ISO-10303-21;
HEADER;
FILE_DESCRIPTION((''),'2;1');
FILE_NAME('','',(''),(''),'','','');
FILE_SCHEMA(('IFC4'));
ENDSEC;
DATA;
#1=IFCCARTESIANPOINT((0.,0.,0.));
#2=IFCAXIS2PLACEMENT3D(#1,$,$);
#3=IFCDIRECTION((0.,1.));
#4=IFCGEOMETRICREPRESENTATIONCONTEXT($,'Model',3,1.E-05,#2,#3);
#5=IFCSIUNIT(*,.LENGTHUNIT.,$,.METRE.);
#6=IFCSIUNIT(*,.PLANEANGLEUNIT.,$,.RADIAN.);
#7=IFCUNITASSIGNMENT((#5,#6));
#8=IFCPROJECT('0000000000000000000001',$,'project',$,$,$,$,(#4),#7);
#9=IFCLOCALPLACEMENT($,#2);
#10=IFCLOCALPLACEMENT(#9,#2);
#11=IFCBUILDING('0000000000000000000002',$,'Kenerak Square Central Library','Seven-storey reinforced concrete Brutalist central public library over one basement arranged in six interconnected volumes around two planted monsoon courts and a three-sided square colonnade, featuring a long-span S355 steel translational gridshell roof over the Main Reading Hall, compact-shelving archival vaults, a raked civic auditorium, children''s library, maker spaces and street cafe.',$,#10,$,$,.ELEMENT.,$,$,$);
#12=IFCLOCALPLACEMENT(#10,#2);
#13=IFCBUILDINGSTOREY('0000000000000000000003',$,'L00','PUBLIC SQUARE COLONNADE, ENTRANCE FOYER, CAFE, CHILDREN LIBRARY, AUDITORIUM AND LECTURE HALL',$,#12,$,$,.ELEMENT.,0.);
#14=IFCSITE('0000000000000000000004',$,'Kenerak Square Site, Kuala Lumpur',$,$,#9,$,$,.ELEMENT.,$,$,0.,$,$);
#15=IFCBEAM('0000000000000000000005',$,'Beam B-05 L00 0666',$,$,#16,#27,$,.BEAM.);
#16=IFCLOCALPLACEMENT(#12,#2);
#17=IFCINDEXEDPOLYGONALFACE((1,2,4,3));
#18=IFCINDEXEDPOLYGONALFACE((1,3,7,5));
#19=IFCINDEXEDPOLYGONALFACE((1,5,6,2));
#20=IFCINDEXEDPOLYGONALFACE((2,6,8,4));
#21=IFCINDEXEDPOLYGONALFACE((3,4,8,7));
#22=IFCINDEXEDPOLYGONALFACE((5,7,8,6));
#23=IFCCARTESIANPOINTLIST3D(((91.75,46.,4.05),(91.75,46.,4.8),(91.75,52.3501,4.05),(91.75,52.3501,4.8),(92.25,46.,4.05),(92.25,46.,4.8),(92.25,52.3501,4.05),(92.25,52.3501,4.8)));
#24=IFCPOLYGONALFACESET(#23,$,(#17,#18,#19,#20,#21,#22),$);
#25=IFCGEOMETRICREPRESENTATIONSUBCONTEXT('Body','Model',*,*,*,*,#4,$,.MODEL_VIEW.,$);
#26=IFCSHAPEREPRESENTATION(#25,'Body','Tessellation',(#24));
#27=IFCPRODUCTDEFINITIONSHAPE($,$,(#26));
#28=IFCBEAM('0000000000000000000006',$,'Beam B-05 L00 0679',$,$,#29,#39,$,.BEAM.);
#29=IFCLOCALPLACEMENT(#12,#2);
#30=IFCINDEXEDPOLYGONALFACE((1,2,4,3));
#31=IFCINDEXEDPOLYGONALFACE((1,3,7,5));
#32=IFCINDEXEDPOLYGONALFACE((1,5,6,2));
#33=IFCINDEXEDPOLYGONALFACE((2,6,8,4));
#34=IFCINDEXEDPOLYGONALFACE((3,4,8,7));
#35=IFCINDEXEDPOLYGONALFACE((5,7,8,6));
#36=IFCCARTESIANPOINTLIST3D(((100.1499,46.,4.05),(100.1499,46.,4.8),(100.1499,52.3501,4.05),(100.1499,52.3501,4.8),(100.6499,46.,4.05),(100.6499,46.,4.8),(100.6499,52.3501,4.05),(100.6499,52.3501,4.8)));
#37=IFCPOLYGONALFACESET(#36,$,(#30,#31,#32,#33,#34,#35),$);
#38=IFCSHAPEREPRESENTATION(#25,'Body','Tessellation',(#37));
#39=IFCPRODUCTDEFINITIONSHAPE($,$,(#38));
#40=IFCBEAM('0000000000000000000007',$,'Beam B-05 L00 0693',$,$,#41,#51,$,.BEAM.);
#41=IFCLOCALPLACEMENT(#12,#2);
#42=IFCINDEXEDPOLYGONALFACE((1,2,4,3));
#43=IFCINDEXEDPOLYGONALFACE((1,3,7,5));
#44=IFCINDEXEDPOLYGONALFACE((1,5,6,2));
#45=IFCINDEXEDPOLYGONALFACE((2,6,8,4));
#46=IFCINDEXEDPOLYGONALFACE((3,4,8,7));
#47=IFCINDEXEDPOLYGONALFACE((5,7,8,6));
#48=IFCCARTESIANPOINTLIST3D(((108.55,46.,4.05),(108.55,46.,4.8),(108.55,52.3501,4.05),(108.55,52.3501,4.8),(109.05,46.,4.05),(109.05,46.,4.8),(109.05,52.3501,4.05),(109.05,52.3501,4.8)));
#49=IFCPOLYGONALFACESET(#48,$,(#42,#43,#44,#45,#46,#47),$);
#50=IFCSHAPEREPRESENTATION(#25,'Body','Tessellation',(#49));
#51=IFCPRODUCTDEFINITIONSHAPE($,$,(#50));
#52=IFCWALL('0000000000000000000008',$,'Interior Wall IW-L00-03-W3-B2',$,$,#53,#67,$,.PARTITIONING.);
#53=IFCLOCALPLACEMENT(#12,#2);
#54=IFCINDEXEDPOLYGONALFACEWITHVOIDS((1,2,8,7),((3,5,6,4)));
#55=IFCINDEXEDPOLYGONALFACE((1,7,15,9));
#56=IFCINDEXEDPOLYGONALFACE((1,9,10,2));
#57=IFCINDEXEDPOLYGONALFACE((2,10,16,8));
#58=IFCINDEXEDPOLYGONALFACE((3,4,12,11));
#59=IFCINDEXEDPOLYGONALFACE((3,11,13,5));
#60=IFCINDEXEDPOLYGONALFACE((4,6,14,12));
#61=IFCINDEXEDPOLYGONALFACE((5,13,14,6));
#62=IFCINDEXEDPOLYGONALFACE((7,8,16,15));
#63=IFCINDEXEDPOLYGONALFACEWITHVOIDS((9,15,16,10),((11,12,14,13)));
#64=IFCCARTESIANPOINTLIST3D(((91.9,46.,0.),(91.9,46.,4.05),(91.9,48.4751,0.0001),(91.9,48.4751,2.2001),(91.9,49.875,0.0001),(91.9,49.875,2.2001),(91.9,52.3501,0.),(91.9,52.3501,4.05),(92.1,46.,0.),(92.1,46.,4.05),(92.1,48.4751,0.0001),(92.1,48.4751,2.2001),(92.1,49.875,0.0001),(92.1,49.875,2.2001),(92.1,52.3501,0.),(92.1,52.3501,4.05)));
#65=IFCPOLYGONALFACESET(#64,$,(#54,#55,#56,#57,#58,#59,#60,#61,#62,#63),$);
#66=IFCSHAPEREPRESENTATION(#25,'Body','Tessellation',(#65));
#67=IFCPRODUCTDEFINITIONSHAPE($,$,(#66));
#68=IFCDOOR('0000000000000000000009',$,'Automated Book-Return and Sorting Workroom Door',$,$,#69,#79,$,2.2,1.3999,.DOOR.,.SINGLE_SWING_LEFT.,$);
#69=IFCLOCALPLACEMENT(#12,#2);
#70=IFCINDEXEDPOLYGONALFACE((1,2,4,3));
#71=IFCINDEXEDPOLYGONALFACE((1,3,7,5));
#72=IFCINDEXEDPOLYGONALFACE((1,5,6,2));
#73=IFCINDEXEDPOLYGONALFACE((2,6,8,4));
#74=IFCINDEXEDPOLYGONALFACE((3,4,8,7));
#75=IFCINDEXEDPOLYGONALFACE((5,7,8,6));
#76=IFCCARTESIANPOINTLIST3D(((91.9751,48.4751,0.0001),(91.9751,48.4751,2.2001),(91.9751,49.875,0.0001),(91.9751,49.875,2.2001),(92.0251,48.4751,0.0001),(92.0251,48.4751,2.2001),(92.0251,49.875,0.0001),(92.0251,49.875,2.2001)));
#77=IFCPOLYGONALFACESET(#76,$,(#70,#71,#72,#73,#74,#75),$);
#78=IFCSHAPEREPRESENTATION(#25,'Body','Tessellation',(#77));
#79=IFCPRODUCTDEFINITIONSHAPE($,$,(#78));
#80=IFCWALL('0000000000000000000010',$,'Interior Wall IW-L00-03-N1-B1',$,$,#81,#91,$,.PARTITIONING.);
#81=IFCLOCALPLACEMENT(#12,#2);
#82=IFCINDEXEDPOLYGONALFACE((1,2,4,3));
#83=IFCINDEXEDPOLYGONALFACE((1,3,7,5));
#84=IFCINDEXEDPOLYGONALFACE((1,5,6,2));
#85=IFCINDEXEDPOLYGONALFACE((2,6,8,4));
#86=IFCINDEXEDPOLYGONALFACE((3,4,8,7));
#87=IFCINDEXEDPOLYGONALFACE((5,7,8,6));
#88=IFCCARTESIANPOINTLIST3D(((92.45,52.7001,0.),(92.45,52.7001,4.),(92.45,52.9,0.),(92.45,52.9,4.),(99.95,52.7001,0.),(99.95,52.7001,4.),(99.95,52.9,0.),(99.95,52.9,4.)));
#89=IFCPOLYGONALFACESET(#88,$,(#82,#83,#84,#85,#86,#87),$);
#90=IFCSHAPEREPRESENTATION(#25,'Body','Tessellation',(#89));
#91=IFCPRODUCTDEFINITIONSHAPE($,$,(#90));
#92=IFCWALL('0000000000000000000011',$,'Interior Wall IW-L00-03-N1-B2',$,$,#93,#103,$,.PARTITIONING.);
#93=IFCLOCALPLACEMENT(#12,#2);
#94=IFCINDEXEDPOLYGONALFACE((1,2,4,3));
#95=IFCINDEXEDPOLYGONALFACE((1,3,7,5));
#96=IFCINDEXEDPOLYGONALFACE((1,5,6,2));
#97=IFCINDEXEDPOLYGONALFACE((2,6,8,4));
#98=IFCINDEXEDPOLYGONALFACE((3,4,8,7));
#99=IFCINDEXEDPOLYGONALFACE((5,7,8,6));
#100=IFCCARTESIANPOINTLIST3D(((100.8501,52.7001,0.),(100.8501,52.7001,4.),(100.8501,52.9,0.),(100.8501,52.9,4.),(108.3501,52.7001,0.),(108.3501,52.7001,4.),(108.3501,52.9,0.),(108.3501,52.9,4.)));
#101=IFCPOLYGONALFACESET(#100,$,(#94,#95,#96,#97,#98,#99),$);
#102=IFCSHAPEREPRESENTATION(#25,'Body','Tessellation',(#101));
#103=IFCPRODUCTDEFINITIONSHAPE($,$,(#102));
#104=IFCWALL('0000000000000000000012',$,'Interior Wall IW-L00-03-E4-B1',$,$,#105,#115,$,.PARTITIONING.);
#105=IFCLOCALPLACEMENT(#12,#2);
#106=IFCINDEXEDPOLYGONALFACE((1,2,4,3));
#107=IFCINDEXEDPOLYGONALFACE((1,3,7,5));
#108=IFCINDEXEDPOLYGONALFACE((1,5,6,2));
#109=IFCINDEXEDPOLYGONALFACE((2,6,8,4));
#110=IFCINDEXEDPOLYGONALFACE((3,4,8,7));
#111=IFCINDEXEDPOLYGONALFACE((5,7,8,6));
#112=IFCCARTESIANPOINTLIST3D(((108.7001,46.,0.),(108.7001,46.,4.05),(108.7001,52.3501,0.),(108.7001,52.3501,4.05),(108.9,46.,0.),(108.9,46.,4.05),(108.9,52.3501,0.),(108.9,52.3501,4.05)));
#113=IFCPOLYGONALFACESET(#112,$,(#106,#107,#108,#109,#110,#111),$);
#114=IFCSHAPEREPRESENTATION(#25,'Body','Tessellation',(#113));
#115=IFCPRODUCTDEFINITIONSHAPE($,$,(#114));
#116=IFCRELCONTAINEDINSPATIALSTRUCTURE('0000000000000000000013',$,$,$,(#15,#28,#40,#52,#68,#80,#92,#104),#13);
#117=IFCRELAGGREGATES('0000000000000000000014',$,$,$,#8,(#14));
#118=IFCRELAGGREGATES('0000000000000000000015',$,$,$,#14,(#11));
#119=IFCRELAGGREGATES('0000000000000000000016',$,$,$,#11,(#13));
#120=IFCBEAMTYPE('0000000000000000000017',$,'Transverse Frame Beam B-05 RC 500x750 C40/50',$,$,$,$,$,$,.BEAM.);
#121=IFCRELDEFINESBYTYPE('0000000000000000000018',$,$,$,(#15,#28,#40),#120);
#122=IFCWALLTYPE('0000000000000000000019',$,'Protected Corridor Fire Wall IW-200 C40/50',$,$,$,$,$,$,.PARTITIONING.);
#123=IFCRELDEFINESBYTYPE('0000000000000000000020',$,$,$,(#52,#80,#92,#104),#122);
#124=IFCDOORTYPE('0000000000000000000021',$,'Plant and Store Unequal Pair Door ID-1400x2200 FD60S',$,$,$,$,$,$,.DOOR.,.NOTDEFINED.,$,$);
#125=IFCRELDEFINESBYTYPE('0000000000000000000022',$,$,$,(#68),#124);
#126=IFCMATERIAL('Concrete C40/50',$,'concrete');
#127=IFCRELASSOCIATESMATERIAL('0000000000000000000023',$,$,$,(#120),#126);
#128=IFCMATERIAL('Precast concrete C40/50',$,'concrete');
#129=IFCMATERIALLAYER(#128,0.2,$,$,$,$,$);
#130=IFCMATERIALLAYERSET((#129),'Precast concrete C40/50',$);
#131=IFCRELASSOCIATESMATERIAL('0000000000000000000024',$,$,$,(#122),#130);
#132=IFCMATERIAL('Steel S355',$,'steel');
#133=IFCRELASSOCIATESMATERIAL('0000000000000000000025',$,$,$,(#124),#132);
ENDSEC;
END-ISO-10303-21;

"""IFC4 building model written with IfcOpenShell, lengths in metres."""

from ifc_helpers import new_model, si_unit, direction, frame, frame_2d, origin, origin_2d, place, context, subcontext, project, spatial, rectangle, extrude, material, layer, layer_set, material_profile, profile_set, type_object, element, fill, save


model = new_model("IFC4")

# Units and contexts
model_context = context("Model", 3, precision=1e-05, world=origin(), true_north=direction((0.0, 1.0)))
body_context = subcontext(model_context, "Body", "Model", "MODEL_VIEW")
ifc_project = project(units=[si_unit("LENGTHUNIT", "METRE"), si_unit("PLANEANGLEUNIT", "RADIAN")], contexts=[model_context])

# Site, building, storey
site_placement = place(None, origin())
site = spatial("IfcSite", under=ifc_project, at=site_placement, Name="Kenerak Square Site, Kuala Lumpur", CompositionType="ELEMENT", RefElevation=0.0)
building_placement = place(site_placement, origin())
building = spatial("IfcBuilding", under=site, at=building_placement, Name="Kenerak Square Central Library", Description="Seven-storey reinforced concrete Brutalist central public library over one basement arranged in six interconnected volumes around two planted monsoon courts and a three-sided square colonnade, featuring a long-span S355 steel translational gridshell roof over the Main Reading Hall, compact-shelving archival vaults, a raked civic auditorium, children's library, maker spaces and street cafe.", CompositionType="ELEMENT")
storey_placement = place(building_placement, origin())
storey = spatial("IfcBuildingStorey", under=building, at=storey_placement, Name="L00", Description="PUBLIC SQUARE COLONNADE, ENTRANCE FOYER, CAFE, CHILDREN LIBRARY, AUDITORIUM AND LECTURE HALL", CompositionType="ELEMENT", Elevation=0.0)

# Beams
ifc_material_1 = material(Name="Concrete C40/50", Category="concrete")
ifc_material_profile_1 = material_profile(ifc_material_1, rectangle(XDim=0.5, YDim=0.75, at=origin_2d()), Name="RC 500x750")
ifc_profile_set_1 = profile_set([ifc_material_profile_1], Name="Concrete C40/50")
beam_type_1 = type_object("IfcBeamType", Name="Transverse Frame Beam B-05 RC 500x750 C40/50", PredefinedType="BEAM", material=ifc_profile_set_1)
for number, where, z_axis, x_axis, name in (
    (1, (92.0, 46.0, 4.425), (0.0, 1.0, 0.0), (-1.0, 0.0, 0.0), "Beam B-05 L00 0666"),
    (2, (100.3999, 46.0, 4.425), (0.0, 1.0, 0.0), (-1.0, 0.0, 0.0), "Beam B-05 L00 0679"),
    (3, (108.8, 46.0, 4.425), (0.0, 1.0, 0.0), (-1.0, 0.0, 0.0), "Beam B-05 L00 0693"),
):
    element("IfcBeam", number, at=place(storey_placement, frame(where, z_axis=z_axis, x_axis=x_axis)), inside=storey, type_object=beam_type_1, Name=name, PredefinedType="BEAM", context=body_context, shape_type="SweptSolid", body=[
        extrude(rectangle(XDim=0.5, YDim=0.75, at=origin_2d()), origin(), (0.0, 0.0, 1.0), 6.3501),
    ])

# Wall, opening, door
ifc_material_2 = material(Name="Precast concrete C40/50", Category="concrete")
ifc_layer = layer(ifc_material_2, 0.2)
ifc_layer_set = layer_set([ifc_layer], Name="Precast concrete C40/50")
wall_type = type_object("IfcWallType", Name="Protected Corridor Fire Wall IW-200 C40/50", PredefinedType="PARTITIONING", material=ifc_layer_set)
wall_1_placement = place(storey_placement, frame((92.0, 46.0, 0.0), z_axis=(0.0, 0.0, 1.0), x_axis=(0.0, 1.0, 0.0)))
wall_1 = element("IfcWall", 4, at=wall_1_placement, inside=storey, type_object=wall_type, Name="Interior Wall IW-L00-03-W3-B2", PredefinedType="PARTITIONING", context=body_context, shape_type="SweptSolid", body=[
    extrude(rectangle(XDim=6.3501, YDim=0.2, at=frame_2d((3.175, 0.0))), origin(), (0.0, 0.0, 1.0), 4.05),
])
opening_placement = place(wall_1_placement, frame((2.4751, 0.0, 0.0)))
opening = element("IfcOpeningElement", 5, at=opening_placement, cuts=wall_1, PredefinedType="OPENING", context=body_context, shape_type="SweptSolid", body=[
    extrude(rectangle(XDim=1.3999, YDim=2.2, at=frame_2d((0.7, 1.1001))), frame((0.0, 0.1099, 0.0), z_axis=(0.0, -1.0, 0.0), x_axis=(1.0, 0.0, 0.0)), (0.0, 0.0, 1.0), 0.22),
])
ifc_material_3 = material(Name="Steel S355", Category="steel")
door_type = type_object("IfcDoorType", Name="Plant and Store Unequal Pair Door ID-1400x2200 FD60S", OperationType="NOTDEFINED", PredefinedType="DOOR", material=ifc_material_3)
door_placement = place(opening_placement, origin())
door = element("IfcDoor", 6, at=door_placement, inside=storey, type_object=door_type, Name="Automated Book-Return and Sorting Workroom Door", OperationType="SINGLE_SWING_LEFT", OverallHeight=2.2, OverallWidth=1.3999, PredefinedType="DOOR", context=body_context, shape_type="SweptSolid", body=[
    extrude(rectangle(XDim=1.3999, YDim=2.2, at=frame_2d((0.7, 1.1001))), frame((0.0, 0.0249, 0.0), z_axis=(0.0, -1.0, 0.0), x_axis=(1.0, 0.0, 0.0)), (0.0, 0.0, 1.0), 0.05),
])
fill(opening, door)

# Walls
for number, where, z_axis, x_axis, name in (
    (7, (92.45, 52.8, 0.0), (0.0, 0.0, 1.0), (1.0, 0.0, 0.0), "Interior Wall IW-L00-03-N1-B1"),
    (8, (100.8501, 52.8, 0.0), (0.0, 0.0, 1.0), (1.0, 0.0, 0.0), "Interior Wall IW-L00-03-N1-B2"),
):
    element("IfcWall", number, at=place(storey_placement, frame(where, z_axis=z_axis, x_axis=x_axis)), inside=storey, type_object=wall_type, Name=name, PredefinedType="PARTITIONING", context=body_context, shape_type="SweptSolid", body=[
        extrude(rectangle(XDim=7.5, YDim=0.2, at=frame_2d((3.75, 0.0))), origin(), (0.0, 0.0, 1.0), 4.0),
    ])
wall_2_placement = place(storey_placement, frame((108.8, 52.3501, 0.0), z_axis=(0.0, 0.0, 1.0), x_axis=(0.0, -1.0, 0.0)))
element("IfcWall", 9, at=wall_2_placement, inside=storey, type_object=wall_type, Name="Interior Wall IW-L00-03-E4-B1", PredefinedType="PARTITIONING", context=body_context, shape_type="SweptSolid", body=[
    extrude(rectangle(XDim=6.3501, YDim=0.2, at=frame_2d((3.175, 0.0))), origin(), (0.0, 0.0, 1.0), 4.05),
])

save(model, "model.ifc")
